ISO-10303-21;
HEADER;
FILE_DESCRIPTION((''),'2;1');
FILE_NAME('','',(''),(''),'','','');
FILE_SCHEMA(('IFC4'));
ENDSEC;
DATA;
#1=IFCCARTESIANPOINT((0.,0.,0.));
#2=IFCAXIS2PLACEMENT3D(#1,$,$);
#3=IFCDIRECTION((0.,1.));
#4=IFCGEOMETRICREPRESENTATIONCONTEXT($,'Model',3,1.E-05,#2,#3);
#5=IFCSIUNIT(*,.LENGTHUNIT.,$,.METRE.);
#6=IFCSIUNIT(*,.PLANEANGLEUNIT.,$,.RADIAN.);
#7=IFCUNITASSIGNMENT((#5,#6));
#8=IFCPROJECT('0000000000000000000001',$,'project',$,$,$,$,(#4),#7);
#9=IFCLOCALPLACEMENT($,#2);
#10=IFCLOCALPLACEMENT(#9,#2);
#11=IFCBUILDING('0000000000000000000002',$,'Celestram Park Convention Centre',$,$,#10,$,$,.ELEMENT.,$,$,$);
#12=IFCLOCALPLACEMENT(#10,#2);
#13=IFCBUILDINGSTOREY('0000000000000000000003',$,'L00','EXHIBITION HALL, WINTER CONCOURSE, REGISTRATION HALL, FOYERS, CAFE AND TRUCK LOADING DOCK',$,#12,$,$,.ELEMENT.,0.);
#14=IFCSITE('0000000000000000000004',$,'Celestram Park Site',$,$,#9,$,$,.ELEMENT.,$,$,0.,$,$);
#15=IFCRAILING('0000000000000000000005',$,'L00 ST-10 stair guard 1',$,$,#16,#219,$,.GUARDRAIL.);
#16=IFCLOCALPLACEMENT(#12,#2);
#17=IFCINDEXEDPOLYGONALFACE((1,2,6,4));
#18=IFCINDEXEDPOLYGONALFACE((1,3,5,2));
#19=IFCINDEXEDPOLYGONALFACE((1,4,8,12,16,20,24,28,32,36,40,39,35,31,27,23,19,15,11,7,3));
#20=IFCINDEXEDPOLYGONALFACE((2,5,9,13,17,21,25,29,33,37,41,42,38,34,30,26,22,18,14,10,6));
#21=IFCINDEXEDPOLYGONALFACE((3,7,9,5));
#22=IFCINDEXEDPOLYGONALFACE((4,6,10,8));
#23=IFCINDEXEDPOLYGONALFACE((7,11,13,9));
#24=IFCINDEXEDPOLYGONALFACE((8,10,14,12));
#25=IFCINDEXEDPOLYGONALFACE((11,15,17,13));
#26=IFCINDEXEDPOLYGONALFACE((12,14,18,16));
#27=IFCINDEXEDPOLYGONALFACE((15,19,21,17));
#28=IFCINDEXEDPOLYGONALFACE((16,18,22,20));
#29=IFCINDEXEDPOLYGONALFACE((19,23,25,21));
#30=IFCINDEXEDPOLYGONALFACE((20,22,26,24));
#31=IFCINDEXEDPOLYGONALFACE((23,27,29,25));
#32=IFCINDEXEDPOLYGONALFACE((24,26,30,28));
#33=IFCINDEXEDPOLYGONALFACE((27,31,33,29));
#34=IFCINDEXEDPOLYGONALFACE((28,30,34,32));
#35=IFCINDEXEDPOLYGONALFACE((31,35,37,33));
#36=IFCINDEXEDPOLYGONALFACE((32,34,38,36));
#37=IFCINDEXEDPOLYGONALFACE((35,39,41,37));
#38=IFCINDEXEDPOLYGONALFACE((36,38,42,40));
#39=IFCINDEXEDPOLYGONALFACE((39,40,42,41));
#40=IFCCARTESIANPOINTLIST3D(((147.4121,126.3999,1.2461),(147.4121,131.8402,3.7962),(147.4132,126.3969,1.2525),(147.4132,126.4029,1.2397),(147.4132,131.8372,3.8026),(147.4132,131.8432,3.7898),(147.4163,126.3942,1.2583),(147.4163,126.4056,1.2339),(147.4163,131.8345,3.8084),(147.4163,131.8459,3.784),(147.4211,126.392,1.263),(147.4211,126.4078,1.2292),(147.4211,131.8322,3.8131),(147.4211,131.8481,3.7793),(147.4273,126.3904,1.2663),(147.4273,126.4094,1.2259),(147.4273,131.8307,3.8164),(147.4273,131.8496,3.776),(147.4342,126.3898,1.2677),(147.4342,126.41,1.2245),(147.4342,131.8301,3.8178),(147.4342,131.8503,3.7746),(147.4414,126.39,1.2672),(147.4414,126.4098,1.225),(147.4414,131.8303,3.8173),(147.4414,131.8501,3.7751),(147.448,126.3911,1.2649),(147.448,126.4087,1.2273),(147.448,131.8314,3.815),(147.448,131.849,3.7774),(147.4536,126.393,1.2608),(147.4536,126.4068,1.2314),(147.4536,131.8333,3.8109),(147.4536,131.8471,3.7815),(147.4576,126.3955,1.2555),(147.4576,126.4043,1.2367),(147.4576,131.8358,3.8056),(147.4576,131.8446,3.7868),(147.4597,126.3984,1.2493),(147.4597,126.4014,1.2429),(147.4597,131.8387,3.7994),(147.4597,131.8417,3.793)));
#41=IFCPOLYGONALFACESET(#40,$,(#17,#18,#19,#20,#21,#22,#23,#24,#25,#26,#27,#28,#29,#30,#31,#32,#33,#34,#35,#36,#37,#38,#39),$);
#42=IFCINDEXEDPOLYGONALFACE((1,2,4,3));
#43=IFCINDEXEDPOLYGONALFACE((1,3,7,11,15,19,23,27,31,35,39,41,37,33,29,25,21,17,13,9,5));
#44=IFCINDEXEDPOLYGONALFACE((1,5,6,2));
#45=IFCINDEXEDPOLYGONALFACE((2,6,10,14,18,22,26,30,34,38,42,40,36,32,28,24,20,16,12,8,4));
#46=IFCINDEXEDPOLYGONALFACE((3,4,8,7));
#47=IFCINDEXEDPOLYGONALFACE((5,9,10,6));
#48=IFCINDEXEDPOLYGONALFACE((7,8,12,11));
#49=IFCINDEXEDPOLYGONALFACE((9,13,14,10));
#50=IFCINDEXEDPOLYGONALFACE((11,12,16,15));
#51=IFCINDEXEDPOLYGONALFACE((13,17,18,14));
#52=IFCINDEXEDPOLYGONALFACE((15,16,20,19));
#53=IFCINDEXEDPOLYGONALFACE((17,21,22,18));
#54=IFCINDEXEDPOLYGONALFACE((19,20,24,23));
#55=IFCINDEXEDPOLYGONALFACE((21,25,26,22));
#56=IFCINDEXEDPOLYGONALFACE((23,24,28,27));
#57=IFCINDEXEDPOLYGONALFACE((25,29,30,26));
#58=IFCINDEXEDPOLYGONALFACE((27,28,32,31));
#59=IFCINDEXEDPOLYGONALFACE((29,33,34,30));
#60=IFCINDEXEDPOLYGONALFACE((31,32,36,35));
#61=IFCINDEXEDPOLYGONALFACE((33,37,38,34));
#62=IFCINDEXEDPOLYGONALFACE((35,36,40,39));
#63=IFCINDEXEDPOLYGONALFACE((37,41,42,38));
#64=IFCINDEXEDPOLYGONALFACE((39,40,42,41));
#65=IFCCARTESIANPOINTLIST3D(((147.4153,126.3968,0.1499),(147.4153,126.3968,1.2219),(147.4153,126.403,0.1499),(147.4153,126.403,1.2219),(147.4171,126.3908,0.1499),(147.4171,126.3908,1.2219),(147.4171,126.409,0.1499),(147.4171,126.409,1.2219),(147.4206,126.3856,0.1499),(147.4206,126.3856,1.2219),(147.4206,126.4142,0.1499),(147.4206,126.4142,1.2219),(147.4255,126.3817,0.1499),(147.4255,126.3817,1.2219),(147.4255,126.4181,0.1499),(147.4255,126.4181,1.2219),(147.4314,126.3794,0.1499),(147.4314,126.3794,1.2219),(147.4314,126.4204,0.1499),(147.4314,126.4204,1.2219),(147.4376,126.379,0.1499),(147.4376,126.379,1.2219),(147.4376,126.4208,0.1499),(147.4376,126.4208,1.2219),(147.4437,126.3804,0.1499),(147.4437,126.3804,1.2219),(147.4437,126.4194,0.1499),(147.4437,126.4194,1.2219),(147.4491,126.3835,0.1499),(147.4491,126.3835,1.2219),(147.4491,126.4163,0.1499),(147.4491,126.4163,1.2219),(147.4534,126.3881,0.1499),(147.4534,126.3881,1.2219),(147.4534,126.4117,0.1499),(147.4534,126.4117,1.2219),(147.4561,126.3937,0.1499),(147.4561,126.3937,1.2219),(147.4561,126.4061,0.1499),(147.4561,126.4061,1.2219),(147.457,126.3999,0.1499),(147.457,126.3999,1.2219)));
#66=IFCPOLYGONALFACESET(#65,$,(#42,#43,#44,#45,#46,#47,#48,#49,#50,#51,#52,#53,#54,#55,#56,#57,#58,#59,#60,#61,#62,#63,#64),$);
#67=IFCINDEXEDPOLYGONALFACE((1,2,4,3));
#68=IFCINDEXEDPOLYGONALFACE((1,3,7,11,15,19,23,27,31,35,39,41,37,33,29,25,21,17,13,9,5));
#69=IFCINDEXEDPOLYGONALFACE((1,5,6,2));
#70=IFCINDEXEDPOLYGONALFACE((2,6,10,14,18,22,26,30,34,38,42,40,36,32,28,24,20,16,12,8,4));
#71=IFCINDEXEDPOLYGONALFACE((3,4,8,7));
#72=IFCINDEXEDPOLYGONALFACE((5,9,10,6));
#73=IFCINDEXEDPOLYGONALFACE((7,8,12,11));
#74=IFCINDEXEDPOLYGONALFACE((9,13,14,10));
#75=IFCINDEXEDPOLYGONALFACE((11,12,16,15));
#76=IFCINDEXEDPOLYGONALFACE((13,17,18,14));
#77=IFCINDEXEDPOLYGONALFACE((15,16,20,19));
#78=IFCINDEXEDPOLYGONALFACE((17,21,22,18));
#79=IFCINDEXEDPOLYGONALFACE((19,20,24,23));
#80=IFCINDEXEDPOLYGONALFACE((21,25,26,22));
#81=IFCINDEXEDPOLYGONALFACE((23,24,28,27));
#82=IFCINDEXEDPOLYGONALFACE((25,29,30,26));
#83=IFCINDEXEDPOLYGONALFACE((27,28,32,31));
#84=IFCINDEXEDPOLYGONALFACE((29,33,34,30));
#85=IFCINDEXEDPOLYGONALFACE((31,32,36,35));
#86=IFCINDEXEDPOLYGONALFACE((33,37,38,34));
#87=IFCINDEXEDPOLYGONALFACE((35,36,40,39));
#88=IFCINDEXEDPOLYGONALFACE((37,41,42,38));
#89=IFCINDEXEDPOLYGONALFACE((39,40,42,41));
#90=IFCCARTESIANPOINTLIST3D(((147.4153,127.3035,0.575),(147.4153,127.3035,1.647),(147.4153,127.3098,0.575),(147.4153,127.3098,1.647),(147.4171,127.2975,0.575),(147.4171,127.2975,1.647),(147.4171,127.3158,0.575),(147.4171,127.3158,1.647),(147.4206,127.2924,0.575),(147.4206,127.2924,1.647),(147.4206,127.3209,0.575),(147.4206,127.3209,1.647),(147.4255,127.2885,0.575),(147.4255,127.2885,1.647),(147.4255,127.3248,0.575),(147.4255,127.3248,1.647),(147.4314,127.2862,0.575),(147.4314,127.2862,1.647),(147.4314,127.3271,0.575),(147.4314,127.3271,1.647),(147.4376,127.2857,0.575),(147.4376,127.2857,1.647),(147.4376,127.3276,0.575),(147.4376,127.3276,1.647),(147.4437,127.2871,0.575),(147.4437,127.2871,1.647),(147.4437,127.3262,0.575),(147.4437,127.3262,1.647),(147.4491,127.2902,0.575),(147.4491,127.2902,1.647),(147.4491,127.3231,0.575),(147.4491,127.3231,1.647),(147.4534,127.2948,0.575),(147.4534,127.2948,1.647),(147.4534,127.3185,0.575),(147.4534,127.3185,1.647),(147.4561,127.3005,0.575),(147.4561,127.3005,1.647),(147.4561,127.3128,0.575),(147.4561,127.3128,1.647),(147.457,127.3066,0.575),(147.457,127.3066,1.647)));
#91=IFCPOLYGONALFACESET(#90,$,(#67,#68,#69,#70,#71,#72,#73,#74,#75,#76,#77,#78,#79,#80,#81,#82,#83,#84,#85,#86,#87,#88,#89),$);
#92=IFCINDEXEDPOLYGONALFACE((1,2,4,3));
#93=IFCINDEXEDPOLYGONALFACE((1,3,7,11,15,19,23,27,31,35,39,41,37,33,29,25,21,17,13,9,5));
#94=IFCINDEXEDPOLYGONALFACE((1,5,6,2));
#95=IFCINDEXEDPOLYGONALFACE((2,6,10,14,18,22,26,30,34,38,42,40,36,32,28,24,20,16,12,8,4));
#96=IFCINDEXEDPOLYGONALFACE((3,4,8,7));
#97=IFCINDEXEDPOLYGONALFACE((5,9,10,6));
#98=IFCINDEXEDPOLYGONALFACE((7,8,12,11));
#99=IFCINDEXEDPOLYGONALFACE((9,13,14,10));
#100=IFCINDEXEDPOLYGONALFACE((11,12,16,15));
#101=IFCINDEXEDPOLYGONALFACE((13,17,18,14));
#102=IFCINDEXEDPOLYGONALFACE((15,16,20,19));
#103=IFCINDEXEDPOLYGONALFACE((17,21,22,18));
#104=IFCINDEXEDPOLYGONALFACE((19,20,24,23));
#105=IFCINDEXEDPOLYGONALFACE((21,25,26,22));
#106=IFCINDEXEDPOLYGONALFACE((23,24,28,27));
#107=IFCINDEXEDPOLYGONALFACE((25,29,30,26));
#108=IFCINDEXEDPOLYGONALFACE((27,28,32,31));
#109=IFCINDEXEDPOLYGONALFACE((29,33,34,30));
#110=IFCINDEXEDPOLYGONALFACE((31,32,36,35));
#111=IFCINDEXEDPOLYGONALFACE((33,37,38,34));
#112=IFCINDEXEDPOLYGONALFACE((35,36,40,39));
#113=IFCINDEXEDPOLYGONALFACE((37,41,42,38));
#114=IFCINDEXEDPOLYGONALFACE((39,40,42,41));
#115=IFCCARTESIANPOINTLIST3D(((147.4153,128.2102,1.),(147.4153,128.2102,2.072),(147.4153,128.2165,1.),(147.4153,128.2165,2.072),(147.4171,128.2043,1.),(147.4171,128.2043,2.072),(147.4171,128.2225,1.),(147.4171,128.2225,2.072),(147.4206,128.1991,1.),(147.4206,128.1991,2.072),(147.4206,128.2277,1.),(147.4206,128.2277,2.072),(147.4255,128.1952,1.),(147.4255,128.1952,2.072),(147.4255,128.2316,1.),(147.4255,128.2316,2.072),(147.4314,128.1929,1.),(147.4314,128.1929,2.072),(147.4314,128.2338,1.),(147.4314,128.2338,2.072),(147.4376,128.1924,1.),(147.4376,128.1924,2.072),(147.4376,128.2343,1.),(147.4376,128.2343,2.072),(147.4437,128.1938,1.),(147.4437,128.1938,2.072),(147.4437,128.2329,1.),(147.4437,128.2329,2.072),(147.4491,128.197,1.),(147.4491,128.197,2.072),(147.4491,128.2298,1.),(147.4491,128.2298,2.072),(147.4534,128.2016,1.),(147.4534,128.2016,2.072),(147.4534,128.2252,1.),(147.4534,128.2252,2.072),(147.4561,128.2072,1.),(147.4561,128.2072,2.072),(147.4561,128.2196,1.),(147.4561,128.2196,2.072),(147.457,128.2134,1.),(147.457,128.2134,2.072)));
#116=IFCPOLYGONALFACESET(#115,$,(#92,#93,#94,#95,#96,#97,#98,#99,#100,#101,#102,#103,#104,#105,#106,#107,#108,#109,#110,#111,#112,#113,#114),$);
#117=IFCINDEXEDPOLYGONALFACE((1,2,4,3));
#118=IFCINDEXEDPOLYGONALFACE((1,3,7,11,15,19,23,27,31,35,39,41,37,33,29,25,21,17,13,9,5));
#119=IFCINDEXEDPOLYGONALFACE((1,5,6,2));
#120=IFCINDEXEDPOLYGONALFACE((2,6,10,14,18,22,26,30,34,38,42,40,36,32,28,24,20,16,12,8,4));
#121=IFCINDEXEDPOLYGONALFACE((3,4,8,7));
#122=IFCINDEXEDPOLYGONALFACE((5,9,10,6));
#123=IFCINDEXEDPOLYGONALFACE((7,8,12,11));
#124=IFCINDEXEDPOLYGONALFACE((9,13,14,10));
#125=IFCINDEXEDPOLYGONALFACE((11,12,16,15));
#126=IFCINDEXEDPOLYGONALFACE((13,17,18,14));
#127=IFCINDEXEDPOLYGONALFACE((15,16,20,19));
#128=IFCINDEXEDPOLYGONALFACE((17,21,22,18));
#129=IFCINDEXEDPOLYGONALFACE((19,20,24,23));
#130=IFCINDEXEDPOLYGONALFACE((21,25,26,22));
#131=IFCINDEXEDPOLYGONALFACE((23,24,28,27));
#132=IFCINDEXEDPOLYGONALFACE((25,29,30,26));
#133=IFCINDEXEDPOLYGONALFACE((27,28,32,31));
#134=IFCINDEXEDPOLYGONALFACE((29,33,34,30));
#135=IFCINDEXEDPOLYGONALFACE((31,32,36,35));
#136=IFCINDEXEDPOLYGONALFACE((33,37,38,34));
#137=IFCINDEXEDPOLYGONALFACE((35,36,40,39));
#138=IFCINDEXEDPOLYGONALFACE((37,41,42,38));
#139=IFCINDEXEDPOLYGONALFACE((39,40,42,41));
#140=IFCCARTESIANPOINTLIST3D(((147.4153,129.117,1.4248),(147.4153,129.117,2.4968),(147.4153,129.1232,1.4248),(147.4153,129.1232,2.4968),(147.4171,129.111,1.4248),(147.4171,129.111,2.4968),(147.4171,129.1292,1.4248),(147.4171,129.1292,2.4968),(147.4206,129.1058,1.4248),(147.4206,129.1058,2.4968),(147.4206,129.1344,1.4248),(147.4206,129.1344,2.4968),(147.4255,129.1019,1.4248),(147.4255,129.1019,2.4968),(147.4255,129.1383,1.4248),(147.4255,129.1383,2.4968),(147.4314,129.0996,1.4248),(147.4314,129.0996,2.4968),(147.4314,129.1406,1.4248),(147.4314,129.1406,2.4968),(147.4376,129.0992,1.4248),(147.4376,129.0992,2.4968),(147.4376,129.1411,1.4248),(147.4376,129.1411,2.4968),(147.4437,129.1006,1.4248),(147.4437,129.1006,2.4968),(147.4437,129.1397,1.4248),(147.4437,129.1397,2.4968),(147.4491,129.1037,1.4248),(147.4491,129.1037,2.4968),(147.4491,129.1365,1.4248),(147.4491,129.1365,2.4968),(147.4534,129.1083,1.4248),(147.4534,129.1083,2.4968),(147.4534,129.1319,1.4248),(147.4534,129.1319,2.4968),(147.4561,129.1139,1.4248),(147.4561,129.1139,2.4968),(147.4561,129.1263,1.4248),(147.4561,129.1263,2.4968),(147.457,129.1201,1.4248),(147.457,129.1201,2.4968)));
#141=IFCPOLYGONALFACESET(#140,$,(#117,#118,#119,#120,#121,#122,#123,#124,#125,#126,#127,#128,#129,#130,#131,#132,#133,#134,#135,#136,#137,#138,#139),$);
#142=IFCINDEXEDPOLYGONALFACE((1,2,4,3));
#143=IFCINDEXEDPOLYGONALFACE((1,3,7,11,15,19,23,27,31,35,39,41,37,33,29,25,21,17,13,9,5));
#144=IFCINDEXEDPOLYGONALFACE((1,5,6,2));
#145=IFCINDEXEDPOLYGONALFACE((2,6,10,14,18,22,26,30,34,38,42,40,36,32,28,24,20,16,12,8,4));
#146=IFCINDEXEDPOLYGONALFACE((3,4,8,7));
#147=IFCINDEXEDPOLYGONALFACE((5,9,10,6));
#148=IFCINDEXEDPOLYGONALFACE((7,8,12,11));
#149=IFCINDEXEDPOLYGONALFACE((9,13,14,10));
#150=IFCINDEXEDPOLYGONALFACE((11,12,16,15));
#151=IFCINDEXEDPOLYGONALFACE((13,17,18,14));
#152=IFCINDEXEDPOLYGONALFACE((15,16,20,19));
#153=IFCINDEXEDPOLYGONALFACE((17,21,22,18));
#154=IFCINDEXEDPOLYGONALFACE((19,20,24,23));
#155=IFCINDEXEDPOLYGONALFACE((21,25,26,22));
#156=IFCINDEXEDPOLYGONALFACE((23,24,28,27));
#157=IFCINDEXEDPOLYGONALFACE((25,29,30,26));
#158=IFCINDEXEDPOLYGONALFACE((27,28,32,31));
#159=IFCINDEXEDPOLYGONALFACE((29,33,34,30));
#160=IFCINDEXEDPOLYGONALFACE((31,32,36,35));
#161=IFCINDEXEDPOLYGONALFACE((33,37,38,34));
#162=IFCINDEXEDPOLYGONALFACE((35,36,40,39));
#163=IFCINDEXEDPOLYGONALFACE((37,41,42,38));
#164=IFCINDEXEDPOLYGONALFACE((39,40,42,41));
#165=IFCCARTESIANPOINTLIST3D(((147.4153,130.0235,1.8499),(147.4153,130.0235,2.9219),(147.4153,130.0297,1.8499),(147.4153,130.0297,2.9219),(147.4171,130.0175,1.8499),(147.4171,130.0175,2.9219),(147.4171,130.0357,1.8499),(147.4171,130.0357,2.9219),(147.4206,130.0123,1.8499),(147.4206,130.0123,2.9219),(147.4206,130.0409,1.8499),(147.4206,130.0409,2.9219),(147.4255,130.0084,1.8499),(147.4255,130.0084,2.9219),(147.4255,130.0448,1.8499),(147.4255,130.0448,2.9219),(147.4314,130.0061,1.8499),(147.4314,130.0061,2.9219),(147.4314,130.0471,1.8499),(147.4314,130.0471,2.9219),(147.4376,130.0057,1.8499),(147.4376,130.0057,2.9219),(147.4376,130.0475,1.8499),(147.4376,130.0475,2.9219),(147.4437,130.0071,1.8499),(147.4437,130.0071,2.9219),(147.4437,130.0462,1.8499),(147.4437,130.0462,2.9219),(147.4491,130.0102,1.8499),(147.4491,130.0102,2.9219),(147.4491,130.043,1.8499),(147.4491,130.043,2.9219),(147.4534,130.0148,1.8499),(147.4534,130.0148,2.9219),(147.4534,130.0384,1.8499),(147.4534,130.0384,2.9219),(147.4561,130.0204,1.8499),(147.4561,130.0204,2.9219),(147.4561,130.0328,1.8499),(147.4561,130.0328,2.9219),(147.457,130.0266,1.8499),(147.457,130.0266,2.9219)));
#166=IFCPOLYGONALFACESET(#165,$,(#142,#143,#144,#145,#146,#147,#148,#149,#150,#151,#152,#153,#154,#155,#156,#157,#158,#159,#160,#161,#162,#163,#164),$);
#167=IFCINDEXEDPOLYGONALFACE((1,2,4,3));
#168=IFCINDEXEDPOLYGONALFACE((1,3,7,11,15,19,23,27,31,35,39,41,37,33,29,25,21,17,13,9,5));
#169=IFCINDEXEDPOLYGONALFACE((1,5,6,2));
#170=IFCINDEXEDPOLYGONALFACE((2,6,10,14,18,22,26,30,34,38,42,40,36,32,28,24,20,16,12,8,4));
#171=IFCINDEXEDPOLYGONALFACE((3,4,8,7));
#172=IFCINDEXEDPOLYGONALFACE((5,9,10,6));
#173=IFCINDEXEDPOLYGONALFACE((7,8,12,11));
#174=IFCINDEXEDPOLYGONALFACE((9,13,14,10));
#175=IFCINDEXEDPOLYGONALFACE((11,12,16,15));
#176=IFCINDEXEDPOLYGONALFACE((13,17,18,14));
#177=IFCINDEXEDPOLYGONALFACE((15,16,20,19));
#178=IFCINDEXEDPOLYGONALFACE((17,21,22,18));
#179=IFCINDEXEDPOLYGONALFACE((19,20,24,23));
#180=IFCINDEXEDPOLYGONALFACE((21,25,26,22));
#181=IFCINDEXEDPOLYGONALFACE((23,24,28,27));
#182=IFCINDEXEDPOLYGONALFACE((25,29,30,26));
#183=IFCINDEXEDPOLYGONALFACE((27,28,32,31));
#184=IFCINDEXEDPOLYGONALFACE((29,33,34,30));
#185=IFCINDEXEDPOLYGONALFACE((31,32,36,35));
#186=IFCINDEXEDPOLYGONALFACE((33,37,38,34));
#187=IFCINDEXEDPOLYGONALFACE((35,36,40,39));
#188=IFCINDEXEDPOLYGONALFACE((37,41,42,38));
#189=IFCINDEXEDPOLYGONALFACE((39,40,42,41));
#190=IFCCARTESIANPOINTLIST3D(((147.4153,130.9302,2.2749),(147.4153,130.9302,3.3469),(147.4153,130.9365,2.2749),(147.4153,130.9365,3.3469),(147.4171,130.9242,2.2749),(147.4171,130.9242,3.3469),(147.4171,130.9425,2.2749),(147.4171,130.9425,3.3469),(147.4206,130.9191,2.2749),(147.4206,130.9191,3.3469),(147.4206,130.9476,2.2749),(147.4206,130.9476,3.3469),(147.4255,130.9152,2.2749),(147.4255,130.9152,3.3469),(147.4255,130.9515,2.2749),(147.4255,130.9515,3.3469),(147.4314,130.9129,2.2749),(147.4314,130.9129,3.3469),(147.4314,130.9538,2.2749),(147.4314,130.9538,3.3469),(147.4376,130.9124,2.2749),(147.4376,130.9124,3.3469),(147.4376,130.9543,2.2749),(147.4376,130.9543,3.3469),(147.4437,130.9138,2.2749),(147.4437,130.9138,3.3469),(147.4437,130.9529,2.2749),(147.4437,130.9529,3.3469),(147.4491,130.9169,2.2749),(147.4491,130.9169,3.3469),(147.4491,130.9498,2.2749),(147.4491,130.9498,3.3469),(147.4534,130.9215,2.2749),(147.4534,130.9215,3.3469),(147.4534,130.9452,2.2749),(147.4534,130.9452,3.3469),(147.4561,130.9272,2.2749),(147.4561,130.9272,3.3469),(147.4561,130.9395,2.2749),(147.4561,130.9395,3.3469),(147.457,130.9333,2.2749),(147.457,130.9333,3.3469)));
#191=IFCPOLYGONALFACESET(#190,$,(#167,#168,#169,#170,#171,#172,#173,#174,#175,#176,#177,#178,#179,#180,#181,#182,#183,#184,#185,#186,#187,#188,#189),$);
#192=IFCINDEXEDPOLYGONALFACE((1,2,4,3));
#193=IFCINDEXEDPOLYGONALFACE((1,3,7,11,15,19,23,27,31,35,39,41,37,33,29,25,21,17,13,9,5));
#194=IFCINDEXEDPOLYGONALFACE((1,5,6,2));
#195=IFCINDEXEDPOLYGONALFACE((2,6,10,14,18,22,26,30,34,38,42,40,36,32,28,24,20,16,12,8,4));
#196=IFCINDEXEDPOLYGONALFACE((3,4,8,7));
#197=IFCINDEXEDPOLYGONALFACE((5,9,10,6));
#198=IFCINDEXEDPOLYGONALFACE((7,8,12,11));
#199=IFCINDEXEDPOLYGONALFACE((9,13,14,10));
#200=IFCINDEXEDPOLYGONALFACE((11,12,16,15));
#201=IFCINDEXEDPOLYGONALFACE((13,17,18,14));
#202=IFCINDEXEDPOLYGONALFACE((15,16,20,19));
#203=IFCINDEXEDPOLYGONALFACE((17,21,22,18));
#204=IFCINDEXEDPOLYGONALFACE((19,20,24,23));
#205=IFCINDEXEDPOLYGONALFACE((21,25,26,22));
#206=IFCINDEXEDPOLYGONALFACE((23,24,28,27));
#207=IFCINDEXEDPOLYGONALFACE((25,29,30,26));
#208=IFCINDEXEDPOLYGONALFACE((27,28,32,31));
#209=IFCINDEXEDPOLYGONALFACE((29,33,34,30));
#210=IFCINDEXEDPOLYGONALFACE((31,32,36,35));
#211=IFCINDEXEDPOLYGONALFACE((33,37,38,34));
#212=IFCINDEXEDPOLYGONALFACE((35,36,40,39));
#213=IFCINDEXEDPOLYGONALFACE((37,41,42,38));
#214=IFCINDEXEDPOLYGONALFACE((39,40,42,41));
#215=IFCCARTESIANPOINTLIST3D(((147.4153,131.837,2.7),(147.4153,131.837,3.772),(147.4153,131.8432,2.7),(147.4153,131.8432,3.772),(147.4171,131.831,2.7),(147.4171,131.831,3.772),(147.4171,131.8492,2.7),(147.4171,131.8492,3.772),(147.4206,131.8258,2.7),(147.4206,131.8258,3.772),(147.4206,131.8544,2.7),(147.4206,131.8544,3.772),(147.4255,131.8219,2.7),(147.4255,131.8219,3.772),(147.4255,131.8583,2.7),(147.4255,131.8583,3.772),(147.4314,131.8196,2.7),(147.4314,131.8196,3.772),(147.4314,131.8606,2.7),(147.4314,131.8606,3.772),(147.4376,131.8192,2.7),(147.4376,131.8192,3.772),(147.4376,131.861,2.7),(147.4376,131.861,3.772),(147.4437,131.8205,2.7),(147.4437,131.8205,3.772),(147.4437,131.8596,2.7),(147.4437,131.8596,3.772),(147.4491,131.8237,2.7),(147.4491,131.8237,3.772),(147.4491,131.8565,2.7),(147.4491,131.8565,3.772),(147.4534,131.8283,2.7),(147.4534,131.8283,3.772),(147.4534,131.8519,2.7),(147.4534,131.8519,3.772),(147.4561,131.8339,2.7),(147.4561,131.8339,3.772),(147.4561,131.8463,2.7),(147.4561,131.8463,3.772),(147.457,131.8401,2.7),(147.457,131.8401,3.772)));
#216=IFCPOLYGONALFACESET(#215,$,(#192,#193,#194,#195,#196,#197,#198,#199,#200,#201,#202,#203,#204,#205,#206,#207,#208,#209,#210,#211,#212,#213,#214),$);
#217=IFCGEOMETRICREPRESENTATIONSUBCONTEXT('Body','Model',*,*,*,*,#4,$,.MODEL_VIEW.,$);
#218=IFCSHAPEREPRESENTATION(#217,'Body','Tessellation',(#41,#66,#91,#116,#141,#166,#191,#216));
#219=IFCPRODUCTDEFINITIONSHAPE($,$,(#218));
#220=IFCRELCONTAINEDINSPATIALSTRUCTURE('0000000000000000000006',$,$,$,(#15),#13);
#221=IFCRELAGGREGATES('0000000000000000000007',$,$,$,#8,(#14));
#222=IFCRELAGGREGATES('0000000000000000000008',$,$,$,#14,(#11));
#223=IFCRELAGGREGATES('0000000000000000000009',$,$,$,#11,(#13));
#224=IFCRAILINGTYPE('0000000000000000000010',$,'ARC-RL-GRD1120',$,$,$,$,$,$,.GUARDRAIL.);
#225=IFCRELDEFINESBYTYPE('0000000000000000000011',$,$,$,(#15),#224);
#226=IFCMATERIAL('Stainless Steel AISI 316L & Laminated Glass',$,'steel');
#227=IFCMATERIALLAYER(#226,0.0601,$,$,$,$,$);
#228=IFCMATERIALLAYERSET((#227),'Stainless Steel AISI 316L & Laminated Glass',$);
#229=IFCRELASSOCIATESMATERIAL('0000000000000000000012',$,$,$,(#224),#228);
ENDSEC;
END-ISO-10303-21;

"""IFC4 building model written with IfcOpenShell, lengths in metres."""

from ifc_helpers import new_model, si_unit, direction, frame, origin, origin_2d, place, context, subcontext, project, spatial, circle, extrude, material, layer, layer_set, type_object, element, save


model = new_model("IFC4")

# Units and contexts
model_context = context("Model", 3, precision=1e-05, world=origin(), true_north=direction((0.0, 1.0)))
body_context = subcontext(model_context, "Body", "Model", "MODEL_VIEW")
ifc_project = project(units=[si_unit("LENGTHUNIT", "METRE"), si_unit("PLANEANGLEUNIT", "RADIAN")], contexts=[model_context])

# Site, building, storey
site_placement = place(None, origin())
site = spatial("IfcSite", under=ifc_project, at=site_placement, Name="Celestram Park Site", CompositionType="ELEMENT", RefElevation=0.0)
building_placement = place(site_placement, origin())
building = spatial("IfcBuilding", under=site, at=building_placement, Name="Celestram Park Convention Centre", CompositionType="ELEMENT")
storey_placement = place(building_placement, origin())
storey = spatial("IfcBuildingStorey", under=building, at=storey_placement, Name="L00", Description="EXHIBITION HALL, WINTER CONCOURSE, REGISTRATION HALL, FOYERS, CAFE AND TRUCK LOADING DOCK", CompositionType="ELEMENT", Elevation=0.0)

# Railing
ifc_material_1 = material(Name="Stainless Steel AISI 316L & Laminated Glass", Category="steel")
ifc_layer_1 = layer(ifc_material_1, 0.0601)
ifc_layer_set_1 = layer_set([ifc_layer_1], Name="Stainless Steel AISI 316L & Laminated Glass")
railing_type_1 = type_object("IfcRailingType", Name="ARC-RL-GRD1120", PredefinedType="GUARDRAIL", material=ifc_layer_set_1)
railing_1_placement = place(storey_placement, frame((147.436, 126.3999, 0.1499)))
element("IfcRailing", 1, at=railing_1_placement, inside=storey, type_object=railing_type_1, Name="L00 ST-10 stair guard 1", PredefinedType="GUARDRAIL", context=body_context, shape_type="SweptSolid", body=[
    extrude(circle(Radius=0.0239, at=origin_2d()), frame((0.0, 0.0, 1.0962), z_axis=(0.0, 0.905461, 0.424429), x_axis=(-1.0, 0.0, 0.0)), (0.0, 0.0, 1.0), 6.0083),
    extrude(circle(Radius=0.021, at=origin_2d()), origin(), (0.0, 0.0, 1.0), 1.072),
    extrude(circle(Radius=0.021, at=origin_2d()), frame((0.0, 0.9067, 0.425)), (0.0, 0.0, 1.0), 1.072),
    extrude(circle(Radius=0.021, at=origin_2d()), frame((0.0, 1.8135, 0.8501)), (0.0, 0.0, 1.0), 1.072),
    extrude(circle(Radius=0.021, at=origin_2d()), frame((0.0, 2.7202, 1.2749)), (0.0, 0.0, 1.0), 1.072),
    extrude(circle(Radius=0.021, at=origin_2d()), frame((0.0, 3.6267, 1.7)), (0.0, 0.0, 1.0), 1.072),
    extrude(circle(Radius=0.021, at=origin_2d()), frame((0.0, 4.5334, 2.125)), (0.0, 0.0, 1.0), 1.072),
    extrude(circle(Radius=0.021, at=origin_2d()), frame((0.0, 5.4402, 2.55)), (0.0, 0.0, 1.0), 1.072),
])

save(model, "model.ifc")
